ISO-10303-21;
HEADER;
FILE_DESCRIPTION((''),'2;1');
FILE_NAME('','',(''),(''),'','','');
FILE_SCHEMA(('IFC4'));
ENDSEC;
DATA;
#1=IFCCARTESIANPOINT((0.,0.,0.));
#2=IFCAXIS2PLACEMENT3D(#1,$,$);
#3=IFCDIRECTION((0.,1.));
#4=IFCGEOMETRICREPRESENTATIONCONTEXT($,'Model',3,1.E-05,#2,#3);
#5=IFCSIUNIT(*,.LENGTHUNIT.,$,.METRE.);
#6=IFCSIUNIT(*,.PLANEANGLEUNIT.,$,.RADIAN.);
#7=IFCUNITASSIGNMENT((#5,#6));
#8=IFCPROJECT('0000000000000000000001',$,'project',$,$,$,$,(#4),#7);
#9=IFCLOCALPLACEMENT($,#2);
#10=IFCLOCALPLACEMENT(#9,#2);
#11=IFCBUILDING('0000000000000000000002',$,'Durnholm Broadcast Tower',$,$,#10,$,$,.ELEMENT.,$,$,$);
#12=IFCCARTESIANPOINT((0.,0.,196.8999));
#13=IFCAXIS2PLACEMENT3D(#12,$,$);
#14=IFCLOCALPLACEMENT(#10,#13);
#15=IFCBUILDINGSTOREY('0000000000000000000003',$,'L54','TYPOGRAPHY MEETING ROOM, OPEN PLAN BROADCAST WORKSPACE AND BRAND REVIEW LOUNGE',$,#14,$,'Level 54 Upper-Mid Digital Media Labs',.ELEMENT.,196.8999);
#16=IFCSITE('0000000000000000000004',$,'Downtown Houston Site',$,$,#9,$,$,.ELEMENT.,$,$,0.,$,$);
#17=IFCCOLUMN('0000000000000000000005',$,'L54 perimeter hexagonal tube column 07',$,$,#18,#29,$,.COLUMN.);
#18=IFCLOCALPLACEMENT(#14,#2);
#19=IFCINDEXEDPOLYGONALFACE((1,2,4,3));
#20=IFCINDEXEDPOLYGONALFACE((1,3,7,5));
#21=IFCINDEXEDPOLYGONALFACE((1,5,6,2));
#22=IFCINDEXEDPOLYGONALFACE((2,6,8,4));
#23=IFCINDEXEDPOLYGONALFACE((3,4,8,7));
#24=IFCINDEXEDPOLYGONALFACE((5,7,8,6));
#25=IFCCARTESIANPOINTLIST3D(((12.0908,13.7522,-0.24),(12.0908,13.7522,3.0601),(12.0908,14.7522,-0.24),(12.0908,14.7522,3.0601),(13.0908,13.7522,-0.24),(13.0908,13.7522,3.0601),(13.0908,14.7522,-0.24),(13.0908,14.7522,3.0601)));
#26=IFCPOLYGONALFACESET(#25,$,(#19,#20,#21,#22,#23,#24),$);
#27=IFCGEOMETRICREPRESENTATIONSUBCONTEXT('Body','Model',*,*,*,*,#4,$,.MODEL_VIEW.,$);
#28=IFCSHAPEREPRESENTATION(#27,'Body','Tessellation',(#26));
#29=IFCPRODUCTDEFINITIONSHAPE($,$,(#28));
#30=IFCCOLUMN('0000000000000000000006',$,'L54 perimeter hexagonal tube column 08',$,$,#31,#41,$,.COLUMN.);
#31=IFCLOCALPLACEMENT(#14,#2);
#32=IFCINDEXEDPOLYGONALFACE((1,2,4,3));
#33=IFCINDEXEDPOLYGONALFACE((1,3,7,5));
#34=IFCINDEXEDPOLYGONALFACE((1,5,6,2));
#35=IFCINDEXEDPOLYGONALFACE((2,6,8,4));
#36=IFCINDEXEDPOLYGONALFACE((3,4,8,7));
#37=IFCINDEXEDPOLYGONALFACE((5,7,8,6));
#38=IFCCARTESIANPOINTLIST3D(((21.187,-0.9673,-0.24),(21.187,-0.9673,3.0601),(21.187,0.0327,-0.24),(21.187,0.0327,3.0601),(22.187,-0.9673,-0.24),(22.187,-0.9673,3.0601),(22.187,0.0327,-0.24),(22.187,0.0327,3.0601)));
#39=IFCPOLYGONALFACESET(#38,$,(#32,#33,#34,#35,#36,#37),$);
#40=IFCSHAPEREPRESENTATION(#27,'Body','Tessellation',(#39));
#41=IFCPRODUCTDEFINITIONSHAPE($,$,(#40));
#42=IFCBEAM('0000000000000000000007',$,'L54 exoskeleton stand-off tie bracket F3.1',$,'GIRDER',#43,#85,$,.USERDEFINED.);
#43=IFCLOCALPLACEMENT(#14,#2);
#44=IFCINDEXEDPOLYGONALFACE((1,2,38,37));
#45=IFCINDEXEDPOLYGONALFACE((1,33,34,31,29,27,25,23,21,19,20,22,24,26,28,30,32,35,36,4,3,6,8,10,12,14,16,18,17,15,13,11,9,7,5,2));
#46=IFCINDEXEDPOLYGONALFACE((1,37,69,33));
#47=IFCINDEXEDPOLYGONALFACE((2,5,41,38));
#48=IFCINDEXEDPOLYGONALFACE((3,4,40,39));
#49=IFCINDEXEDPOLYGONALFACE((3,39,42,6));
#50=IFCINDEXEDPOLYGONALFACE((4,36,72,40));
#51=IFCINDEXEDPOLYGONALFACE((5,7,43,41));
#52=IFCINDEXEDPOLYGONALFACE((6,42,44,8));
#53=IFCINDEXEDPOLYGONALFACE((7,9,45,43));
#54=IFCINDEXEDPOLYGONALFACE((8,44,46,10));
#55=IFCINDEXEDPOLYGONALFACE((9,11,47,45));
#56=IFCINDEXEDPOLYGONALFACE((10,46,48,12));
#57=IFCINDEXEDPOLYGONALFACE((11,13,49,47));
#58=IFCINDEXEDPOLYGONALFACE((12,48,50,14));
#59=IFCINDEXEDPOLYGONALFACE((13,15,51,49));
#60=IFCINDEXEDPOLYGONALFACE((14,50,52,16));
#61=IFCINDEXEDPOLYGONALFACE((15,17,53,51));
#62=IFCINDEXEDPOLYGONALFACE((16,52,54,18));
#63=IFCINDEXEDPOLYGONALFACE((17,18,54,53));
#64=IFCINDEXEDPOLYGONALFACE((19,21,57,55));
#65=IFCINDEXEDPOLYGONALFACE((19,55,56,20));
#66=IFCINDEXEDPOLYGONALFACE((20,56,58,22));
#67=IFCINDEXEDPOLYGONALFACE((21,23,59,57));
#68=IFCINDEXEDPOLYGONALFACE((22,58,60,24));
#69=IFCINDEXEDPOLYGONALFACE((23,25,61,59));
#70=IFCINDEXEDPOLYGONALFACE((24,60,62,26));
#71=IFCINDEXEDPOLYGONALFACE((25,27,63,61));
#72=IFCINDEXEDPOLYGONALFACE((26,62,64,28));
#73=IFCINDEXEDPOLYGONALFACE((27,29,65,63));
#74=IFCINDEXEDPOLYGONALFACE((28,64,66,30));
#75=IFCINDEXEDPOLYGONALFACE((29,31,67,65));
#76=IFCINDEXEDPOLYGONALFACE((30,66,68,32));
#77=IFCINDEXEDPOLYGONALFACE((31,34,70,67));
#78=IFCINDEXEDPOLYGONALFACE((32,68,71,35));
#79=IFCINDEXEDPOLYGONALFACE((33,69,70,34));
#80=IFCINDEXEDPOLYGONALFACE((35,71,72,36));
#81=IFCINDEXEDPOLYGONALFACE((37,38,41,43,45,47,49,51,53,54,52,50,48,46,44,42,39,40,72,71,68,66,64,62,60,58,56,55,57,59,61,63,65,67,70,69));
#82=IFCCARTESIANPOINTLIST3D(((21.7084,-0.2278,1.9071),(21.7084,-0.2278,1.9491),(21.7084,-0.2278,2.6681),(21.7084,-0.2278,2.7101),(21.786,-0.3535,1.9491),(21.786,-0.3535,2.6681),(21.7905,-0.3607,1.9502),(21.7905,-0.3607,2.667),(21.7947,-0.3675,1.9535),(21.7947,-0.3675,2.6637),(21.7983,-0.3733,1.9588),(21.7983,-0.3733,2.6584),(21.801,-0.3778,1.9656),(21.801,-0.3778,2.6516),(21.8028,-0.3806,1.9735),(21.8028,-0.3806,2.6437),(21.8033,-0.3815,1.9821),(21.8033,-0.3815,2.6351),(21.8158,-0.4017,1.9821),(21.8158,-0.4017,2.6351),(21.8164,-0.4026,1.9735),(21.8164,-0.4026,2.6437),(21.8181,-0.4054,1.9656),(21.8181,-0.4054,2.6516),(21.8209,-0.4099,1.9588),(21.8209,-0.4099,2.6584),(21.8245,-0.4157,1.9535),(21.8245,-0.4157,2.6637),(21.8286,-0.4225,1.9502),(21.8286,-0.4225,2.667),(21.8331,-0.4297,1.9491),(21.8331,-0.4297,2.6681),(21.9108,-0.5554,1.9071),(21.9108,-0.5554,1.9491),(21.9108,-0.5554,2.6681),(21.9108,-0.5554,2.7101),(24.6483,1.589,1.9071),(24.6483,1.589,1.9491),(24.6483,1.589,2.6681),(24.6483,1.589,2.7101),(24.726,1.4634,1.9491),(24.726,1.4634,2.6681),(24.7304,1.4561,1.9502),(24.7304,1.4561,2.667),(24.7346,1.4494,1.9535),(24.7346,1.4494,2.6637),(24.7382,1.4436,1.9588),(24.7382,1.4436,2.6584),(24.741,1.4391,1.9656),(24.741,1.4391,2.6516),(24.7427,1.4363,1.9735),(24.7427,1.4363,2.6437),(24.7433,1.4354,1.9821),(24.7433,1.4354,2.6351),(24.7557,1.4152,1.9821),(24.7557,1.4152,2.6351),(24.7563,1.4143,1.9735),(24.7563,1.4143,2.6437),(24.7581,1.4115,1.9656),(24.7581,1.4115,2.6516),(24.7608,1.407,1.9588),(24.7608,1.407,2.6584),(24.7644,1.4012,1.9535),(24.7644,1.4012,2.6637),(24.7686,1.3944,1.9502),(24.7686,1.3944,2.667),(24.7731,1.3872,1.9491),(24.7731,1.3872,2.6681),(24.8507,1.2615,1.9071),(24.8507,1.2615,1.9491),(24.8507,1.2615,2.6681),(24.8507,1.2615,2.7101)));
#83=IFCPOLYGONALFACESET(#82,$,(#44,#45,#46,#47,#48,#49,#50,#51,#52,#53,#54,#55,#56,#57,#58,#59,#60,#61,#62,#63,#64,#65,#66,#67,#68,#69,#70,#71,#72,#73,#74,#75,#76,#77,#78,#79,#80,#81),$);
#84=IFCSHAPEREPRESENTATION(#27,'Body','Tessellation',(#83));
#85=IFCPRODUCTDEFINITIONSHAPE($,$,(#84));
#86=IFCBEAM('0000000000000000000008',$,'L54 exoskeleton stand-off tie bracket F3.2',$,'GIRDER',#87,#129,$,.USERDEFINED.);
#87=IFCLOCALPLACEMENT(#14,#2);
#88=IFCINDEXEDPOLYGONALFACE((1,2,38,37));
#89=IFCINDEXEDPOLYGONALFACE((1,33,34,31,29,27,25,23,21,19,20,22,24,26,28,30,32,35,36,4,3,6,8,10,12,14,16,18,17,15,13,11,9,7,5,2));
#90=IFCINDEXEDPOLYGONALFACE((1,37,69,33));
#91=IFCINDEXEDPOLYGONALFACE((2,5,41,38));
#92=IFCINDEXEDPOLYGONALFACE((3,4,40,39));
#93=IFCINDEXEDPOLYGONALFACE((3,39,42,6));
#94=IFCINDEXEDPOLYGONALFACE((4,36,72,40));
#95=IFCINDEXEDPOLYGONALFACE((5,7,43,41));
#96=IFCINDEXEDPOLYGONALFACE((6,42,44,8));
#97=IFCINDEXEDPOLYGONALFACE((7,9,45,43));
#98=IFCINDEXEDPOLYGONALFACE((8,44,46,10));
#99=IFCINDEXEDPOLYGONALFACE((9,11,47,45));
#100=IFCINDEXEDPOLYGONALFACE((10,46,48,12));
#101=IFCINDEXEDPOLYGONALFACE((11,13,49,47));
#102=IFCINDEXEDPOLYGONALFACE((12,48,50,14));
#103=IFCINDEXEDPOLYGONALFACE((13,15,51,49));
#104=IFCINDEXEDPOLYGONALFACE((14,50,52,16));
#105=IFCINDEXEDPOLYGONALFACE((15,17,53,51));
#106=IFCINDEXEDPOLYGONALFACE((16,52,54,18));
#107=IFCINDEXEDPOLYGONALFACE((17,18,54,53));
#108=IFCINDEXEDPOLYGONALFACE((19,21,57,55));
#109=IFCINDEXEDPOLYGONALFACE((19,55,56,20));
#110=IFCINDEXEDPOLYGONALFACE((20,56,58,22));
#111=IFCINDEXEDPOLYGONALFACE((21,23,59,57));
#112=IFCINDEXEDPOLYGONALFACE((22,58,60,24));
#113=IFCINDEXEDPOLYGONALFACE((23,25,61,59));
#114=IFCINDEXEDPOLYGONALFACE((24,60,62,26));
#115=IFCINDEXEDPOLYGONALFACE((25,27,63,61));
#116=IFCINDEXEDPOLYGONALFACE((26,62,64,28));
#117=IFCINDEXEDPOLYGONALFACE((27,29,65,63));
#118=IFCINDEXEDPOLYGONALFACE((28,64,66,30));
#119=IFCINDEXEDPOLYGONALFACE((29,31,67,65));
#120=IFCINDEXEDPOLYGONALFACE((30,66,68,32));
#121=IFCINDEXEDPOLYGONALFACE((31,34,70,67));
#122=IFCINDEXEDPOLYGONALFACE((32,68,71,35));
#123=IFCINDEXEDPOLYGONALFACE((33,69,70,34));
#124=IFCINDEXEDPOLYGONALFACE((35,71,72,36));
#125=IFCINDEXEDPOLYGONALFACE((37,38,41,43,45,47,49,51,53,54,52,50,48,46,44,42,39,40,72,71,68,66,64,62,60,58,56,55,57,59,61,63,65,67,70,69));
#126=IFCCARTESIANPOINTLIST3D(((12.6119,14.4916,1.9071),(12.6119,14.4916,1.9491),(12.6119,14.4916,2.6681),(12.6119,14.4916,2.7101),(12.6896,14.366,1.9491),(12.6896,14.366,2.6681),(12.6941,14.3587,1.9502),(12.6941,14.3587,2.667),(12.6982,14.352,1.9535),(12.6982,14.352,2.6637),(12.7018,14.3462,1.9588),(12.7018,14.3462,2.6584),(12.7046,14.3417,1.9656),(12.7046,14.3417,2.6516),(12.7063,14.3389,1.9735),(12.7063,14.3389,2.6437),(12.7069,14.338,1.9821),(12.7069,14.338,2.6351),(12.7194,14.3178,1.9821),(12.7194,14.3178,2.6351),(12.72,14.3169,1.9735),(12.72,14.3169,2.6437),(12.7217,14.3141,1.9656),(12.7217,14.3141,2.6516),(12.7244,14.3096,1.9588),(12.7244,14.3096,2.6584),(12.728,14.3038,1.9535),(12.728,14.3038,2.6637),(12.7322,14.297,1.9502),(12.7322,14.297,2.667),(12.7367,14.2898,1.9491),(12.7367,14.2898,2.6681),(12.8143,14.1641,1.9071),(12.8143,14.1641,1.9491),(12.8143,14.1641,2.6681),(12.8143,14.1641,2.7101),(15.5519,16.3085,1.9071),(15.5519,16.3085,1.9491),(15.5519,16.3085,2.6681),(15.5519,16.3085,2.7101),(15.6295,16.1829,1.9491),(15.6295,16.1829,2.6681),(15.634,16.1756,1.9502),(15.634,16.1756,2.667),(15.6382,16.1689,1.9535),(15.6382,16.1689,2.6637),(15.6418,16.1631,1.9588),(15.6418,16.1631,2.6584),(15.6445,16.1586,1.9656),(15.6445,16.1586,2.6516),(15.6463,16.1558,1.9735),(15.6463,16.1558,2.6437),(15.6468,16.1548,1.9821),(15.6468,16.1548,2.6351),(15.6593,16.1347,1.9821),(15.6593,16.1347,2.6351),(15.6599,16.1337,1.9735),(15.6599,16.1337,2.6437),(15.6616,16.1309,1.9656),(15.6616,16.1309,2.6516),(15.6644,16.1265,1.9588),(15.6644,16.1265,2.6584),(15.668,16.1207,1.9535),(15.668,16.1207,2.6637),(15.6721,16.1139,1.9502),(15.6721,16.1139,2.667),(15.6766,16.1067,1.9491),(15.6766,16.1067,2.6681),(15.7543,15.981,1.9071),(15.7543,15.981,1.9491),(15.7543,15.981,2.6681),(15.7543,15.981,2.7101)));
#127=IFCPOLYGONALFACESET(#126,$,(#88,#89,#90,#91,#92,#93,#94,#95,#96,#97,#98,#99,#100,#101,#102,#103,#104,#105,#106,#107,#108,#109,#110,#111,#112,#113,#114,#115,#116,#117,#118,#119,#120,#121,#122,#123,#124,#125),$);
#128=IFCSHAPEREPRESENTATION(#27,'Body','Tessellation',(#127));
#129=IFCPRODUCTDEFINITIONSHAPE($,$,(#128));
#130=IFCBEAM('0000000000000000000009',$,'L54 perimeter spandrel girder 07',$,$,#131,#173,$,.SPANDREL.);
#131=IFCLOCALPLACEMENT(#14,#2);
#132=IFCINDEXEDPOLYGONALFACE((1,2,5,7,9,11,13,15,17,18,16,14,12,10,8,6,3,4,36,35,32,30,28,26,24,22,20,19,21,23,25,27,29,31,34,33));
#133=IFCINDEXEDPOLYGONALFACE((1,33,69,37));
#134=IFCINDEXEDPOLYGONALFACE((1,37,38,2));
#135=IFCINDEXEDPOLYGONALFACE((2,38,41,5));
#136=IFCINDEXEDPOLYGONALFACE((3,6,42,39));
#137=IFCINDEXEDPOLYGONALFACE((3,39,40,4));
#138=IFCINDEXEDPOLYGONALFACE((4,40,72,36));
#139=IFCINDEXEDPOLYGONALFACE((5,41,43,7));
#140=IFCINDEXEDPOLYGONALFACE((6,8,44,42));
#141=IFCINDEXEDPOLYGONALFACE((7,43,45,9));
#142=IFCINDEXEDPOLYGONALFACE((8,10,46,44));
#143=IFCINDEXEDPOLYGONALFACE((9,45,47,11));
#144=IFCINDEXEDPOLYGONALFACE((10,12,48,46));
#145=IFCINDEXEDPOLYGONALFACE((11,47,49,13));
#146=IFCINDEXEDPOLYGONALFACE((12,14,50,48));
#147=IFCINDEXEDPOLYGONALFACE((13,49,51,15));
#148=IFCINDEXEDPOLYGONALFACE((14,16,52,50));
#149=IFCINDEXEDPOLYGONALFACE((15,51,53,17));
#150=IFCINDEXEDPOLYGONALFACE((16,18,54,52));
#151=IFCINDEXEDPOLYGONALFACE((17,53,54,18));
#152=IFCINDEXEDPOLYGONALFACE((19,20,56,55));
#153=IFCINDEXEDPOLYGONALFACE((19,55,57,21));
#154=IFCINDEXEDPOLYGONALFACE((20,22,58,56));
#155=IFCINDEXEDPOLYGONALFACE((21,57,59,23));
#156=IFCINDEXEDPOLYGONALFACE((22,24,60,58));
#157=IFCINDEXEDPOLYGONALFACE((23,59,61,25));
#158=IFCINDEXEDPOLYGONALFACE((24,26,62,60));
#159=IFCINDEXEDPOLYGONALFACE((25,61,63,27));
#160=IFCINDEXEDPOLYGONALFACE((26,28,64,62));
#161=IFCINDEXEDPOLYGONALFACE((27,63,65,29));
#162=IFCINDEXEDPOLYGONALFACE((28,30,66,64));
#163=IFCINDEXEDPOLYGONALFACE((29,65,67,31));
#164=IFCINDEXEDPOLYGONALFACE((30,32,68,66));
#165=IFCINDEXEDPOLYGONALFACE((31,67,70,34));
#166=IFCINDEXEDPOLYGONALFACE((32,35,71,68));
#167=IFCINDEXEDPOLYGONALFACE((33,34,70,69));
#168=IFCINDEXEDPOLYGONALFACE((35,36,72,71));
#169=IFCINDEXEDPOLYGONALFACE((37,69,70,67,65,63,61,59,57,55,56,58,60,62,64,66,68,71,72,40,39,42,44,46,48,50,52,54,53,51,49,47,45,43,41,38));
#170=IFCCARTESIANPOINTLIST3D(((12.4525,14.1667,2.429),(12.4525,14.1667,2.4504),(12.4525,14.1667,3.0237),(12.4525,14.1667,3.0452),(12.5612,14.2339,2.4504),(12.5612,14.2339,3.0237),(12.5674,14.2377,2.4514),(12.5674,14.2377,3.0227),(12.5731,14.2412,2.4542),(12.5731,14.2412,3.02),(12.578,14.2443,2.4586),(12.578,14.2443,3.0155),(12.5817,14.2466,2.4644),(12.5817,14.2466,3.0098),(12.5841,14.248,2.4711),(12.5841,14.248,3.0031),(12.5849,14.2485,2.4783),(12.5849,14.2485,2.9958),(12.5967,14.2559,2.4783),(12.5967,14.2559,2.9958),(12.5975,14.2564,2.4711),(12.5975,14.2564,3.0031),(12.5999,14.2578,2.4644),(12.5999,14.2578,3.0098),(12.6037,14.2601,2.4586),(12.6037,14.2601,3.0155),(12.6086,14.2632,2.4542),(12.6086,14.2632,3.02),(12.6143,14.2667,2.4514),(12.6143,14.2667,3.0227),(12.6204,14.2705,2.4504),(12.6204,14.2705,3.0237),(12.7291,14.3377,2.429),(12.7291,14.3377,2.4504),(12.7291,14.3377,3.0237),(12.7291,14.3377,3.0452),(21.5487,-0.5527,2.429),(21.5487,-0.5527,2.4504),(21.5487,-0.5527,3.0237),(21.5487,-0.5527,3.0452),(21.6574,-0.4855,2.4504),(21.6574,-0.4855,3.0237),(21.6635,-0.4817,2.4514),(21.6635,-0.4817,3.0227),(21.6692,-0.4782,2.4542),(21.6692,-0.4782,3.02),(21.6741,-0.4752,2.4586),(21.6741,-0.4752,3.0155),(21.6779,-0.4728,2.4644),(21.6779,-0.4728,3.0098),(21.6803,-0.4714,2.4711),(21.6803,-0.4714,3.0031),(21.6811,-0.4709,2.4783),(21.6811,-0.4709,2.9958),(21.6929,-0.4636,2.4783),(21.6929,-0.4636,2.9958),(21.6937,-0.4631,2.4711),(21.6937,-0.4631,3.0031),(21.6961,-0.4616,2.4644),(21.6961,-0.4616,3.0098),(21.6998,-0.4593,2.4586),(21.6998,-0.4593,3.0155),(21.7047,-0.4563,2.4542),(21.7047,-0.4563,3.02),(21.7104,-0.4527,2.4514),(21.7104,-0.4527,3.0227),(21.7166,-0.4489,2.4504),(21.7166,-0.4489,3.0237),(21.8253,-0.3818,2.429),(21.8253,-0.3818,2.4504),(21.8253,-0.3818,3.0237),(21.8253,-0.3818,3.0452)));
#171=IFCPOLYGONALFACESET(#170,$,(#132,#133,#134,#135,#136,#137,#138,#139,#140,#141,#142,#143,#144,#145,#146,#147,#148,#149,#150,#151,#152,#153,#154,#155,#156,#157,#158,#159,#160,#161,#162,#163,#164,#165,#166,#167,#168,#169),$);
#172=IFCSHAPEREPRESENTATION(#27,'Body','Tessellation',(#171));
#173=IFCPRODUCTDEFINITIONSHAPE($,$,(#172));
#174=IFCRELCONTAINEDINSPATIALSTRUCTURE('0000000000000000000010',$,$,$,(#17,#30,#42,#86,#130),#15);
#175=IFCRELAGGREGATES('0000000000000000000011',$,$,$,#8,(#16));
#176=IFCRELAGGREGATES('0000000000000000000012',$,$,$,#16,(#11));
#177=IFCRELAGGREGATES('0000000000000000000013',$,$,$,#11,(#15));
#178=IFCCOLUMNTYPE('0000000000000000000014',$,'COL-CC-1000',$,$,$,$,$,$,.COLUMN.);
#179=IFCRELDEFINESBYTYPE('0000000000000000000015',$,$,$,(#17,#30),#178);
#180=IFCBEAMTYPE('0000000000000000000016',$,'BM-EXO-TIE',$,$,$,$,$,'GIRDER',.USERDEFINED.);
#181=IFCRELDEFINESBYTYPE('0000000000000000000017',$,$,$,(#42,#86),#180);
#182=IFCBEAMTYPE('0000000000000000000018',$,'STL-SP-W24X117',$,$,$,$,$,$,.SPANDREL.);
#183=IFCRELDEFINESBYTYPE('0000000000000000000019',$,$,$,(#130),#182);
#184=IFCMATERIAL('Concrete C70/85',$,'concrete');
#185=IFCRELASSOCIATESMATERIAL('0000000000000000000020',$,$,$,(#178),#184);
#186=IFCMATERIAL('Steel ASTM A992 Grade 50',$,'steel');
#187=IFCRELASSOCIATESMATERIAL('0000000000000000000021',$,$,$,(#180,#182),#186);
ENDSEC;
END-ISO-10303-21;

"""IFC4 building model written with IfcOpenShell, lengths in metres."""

from ifc_helpers import new_model, si_unit, direction, frame, origin, origin_2d, place, context, subcontext, project, spatial, rectangle, i_section, extrude, source, transform, mapped, material, material_profile, profile_set, type_object, type_shapes, element, save


model = new_model("IFC4")

# Units and contexts
model_context = context("Model", 3, precision=1e-05, world=origin(), true_north=direction((0.0, 1.0)))
body_context = subcontext(model_context, "Body", "Model", "MODEL_VIEW")
ifc_project = project(units=[si_unit("LENGTHUNIT", "METRE"), si_unit("PLANEANGLEUNIT", "RADIAN")], contexts=[model_context])

# Site, building, storey
site_placement = place(None, origin())
site = spatial("IfcSite", under=ifc_project, at=site_placement, Name="Downtown Houston Site", CompositionType="ELEMENT", RefElevation=0.0)
building_placement = place(site_placement, origin())
building = spatial("IfcBuilding", under=site, at=building_placement, Name="Durnholm Broadcast Tower", CompositionType="ELEMENT")
storey_placement = place(building_placement, frame((0.0, 0.0, 196.8999)))
storey = spatial("IfcBuildingStorey", under=building, at=storey_placement, Name="L54", Description="TYPOGRAPHY MEETING ROOM, OPEN PLAN BROADCAST WORKSPACE AND BRAND REVIEW LOUNGE", LongName="Level 54 Upper-Mid Digital Media Labs", CompositionType="ELEMENT", Elevation=196.8999)

# Columns
ifc_material_1 = material(Name="Concrete C70/85", Category="concrete")
ifc_material_profile_1 = material_profile(ifc_material_1, rectangle(XDim=1.0, YDim=1.0, at=origin_2d()), Name="RC1000X1000")
ifc_profile_set_1 = profile_set([ifc_material_profile_1], Name="Concrete C70/85")
column_type = type_object("IfcColumnType", Name="COL-CC-1000", PredefinedType="COLUMN", material=ifc_profile_set_1)
shared_shape_1 = source(origin(), body_context, "Body", "SweptSolid", [
    extrude(rectangle(XDim=1.0, YDim=1.0, at=origin_2d()), origin(), (0.0, 0.0, 1.0), 3.3),
])
type_shapes(column_type, [shared_shape_1])
for number, where, z_axis, x_axis, name in (
    (1, (12.5908, 14.2522, -0.24), (0.0, 0.0, 1.0), (1.0, 0.0, 0.0), "L54 perimeter hexagonal tube column 07"),
    (2, (21.687, -0.4673, -0.24), (0.0, 0.0, 1.0), (1.0, 0.0, 0.0), "L54 perimeter hexagonal tube column 08"),
):
    element("IfcColumn", number, at=place(storey_placement, frame(where, z_axis=z_axis, x_axis=x_axis)), inside=storey, type_object=column_type, Name=name, PredefinedType="COLUMN", context=body_context, shape_type="MappedRepresentation", body=[
        mapped(shared_shape_1, transform((0.0, 0.0, 0.0), x_axis=(1.0, 0.0, 0.0), y_axis=(0.0, 1.0, 0.0), z_axis=(0.0, 0.0, 1.0), scale=1.0)),
    ])

# Beams
ifc_material_2 = material(Name="Steel ASTM A992 Grade 50", Category="steel")
ifc_material_profile_2 = material_profile(ifc_material_2, i_section(OverallWidth=0.385, OverallDepth=0.803, WebThickness=0.0237, FlangeThickness=0.042, FilletRadius=0.033, at=origin_2d()), Name="W30X261")
ifc_profile_set_2 = profile_set([ifc_material_profile_2], Name="Steel ASTM A992 Grade 50")
beam_type_1 = type_object("IfcBeamType", Name="BM-EXO-TIE", ElementType="GIRDER", PredefinedType="USERDEFINED", material=ifc_profile_set_2)
shared_shape_2 = source(origin(), body_context, "Body", "SweptSolid", [
    extrude(i_section(OverallWidth=0.385, OverallDepth=0.803, WebThickness=0.0237, FlangeThickness=0.042, FilletRadius=0.033, at=origin_2d()), origin(), (0.0, 0.0, 1.0), 3.4561),
])
for number, where, z_axis, x_axis, name in (
    (3, (21.8096, -0.3916, 2.3086), (0.850662, 0.525712, 0.0), (-0.525712, 0.850662, 0.0), "L54 exoskeleton stand-off tie bracket F3.1"),
    (4, (12.7131, 14.3279, 2.3086), (0.850662, 0.525712, 0.0), (-0.525712, 0.850662, 0.0), "L54 exoskeleton stand-off tie bracket F3.2"),
):
    element("IfcBeam", number, at=place(storey_placement, frame(where, z_axis=z_axis, x_axis=x_axis)), inside=storey, type_object=beam_type_1, Name=name, ObjectType="GIRDER", PredefinedType="USERDEFINED", context=body_context, shape_type="MappedRepresentation", body=[
        mapped(shared_shape_2, transform((0.0, 0.0, 0.0), x_axis=(1.0, 0.0, 0.0), y_axis=(0.0, 1.0, 0.0), z_axis=(0.0, 0.0, 1.0), scale=1.0)),
    ])
ifc_material_profile_3 = material_profile(ifc_material_2, i_section(OverallWidth=0.3252, OverallDepth=0.6162, WebThickness=0.0139, FlangeThickness=0.0215, FilletRadius=0.0278, at=origin_2d()), Name="W24X117")
ifc_profile_set_3 = profile_set([ifc_material_profile_3], Name="Steel ASTM A992 Grade 50")
beam_type_2 = type_object("IfcBeamType", Name="STL-SP-W24X117", PredefinedType="SPANDREL", material=ifc_profile_set_3)
shared_shape_3 = source(origin(), body_context, "Body", "SweptSolid", [
    extrude(i_section(OverallWidth=0.3252, OverallDepth=0.6162, WebThickness=0.0139, FlangeThickness=0.0215, FilletRadius=0.0278, at=origin_2d()), origin(), (0.0, 0.0, 1.0), 17.3032),
])
beam_1_placement = place(storey_placement, frame((12.5908, 14.2522, 2.7371), z_axis=(0.525691, -0.850675, 0.0), x_axis=(0.850675, 0.525691, 0.0)))
element("IfcBeam", 5, at=beam_1_placement, inside=storey, type_object=beam_type_2, Name="L54 perimeter spandrel girder 07", PredefinedType="SPANDREL", context=body_context, shape_type="MappedRepresentation", body=[
    mapped(shared_shape_3, transform((0.0, 0.0, 0.0), x_axis=(1.0, 0.0, 0.0), y_axis=(0.0, 1.0, 0.0), z_axis=(0.0, 0.0, 1.0), scale=1.0)),
])

save(model, "model.ifc")
